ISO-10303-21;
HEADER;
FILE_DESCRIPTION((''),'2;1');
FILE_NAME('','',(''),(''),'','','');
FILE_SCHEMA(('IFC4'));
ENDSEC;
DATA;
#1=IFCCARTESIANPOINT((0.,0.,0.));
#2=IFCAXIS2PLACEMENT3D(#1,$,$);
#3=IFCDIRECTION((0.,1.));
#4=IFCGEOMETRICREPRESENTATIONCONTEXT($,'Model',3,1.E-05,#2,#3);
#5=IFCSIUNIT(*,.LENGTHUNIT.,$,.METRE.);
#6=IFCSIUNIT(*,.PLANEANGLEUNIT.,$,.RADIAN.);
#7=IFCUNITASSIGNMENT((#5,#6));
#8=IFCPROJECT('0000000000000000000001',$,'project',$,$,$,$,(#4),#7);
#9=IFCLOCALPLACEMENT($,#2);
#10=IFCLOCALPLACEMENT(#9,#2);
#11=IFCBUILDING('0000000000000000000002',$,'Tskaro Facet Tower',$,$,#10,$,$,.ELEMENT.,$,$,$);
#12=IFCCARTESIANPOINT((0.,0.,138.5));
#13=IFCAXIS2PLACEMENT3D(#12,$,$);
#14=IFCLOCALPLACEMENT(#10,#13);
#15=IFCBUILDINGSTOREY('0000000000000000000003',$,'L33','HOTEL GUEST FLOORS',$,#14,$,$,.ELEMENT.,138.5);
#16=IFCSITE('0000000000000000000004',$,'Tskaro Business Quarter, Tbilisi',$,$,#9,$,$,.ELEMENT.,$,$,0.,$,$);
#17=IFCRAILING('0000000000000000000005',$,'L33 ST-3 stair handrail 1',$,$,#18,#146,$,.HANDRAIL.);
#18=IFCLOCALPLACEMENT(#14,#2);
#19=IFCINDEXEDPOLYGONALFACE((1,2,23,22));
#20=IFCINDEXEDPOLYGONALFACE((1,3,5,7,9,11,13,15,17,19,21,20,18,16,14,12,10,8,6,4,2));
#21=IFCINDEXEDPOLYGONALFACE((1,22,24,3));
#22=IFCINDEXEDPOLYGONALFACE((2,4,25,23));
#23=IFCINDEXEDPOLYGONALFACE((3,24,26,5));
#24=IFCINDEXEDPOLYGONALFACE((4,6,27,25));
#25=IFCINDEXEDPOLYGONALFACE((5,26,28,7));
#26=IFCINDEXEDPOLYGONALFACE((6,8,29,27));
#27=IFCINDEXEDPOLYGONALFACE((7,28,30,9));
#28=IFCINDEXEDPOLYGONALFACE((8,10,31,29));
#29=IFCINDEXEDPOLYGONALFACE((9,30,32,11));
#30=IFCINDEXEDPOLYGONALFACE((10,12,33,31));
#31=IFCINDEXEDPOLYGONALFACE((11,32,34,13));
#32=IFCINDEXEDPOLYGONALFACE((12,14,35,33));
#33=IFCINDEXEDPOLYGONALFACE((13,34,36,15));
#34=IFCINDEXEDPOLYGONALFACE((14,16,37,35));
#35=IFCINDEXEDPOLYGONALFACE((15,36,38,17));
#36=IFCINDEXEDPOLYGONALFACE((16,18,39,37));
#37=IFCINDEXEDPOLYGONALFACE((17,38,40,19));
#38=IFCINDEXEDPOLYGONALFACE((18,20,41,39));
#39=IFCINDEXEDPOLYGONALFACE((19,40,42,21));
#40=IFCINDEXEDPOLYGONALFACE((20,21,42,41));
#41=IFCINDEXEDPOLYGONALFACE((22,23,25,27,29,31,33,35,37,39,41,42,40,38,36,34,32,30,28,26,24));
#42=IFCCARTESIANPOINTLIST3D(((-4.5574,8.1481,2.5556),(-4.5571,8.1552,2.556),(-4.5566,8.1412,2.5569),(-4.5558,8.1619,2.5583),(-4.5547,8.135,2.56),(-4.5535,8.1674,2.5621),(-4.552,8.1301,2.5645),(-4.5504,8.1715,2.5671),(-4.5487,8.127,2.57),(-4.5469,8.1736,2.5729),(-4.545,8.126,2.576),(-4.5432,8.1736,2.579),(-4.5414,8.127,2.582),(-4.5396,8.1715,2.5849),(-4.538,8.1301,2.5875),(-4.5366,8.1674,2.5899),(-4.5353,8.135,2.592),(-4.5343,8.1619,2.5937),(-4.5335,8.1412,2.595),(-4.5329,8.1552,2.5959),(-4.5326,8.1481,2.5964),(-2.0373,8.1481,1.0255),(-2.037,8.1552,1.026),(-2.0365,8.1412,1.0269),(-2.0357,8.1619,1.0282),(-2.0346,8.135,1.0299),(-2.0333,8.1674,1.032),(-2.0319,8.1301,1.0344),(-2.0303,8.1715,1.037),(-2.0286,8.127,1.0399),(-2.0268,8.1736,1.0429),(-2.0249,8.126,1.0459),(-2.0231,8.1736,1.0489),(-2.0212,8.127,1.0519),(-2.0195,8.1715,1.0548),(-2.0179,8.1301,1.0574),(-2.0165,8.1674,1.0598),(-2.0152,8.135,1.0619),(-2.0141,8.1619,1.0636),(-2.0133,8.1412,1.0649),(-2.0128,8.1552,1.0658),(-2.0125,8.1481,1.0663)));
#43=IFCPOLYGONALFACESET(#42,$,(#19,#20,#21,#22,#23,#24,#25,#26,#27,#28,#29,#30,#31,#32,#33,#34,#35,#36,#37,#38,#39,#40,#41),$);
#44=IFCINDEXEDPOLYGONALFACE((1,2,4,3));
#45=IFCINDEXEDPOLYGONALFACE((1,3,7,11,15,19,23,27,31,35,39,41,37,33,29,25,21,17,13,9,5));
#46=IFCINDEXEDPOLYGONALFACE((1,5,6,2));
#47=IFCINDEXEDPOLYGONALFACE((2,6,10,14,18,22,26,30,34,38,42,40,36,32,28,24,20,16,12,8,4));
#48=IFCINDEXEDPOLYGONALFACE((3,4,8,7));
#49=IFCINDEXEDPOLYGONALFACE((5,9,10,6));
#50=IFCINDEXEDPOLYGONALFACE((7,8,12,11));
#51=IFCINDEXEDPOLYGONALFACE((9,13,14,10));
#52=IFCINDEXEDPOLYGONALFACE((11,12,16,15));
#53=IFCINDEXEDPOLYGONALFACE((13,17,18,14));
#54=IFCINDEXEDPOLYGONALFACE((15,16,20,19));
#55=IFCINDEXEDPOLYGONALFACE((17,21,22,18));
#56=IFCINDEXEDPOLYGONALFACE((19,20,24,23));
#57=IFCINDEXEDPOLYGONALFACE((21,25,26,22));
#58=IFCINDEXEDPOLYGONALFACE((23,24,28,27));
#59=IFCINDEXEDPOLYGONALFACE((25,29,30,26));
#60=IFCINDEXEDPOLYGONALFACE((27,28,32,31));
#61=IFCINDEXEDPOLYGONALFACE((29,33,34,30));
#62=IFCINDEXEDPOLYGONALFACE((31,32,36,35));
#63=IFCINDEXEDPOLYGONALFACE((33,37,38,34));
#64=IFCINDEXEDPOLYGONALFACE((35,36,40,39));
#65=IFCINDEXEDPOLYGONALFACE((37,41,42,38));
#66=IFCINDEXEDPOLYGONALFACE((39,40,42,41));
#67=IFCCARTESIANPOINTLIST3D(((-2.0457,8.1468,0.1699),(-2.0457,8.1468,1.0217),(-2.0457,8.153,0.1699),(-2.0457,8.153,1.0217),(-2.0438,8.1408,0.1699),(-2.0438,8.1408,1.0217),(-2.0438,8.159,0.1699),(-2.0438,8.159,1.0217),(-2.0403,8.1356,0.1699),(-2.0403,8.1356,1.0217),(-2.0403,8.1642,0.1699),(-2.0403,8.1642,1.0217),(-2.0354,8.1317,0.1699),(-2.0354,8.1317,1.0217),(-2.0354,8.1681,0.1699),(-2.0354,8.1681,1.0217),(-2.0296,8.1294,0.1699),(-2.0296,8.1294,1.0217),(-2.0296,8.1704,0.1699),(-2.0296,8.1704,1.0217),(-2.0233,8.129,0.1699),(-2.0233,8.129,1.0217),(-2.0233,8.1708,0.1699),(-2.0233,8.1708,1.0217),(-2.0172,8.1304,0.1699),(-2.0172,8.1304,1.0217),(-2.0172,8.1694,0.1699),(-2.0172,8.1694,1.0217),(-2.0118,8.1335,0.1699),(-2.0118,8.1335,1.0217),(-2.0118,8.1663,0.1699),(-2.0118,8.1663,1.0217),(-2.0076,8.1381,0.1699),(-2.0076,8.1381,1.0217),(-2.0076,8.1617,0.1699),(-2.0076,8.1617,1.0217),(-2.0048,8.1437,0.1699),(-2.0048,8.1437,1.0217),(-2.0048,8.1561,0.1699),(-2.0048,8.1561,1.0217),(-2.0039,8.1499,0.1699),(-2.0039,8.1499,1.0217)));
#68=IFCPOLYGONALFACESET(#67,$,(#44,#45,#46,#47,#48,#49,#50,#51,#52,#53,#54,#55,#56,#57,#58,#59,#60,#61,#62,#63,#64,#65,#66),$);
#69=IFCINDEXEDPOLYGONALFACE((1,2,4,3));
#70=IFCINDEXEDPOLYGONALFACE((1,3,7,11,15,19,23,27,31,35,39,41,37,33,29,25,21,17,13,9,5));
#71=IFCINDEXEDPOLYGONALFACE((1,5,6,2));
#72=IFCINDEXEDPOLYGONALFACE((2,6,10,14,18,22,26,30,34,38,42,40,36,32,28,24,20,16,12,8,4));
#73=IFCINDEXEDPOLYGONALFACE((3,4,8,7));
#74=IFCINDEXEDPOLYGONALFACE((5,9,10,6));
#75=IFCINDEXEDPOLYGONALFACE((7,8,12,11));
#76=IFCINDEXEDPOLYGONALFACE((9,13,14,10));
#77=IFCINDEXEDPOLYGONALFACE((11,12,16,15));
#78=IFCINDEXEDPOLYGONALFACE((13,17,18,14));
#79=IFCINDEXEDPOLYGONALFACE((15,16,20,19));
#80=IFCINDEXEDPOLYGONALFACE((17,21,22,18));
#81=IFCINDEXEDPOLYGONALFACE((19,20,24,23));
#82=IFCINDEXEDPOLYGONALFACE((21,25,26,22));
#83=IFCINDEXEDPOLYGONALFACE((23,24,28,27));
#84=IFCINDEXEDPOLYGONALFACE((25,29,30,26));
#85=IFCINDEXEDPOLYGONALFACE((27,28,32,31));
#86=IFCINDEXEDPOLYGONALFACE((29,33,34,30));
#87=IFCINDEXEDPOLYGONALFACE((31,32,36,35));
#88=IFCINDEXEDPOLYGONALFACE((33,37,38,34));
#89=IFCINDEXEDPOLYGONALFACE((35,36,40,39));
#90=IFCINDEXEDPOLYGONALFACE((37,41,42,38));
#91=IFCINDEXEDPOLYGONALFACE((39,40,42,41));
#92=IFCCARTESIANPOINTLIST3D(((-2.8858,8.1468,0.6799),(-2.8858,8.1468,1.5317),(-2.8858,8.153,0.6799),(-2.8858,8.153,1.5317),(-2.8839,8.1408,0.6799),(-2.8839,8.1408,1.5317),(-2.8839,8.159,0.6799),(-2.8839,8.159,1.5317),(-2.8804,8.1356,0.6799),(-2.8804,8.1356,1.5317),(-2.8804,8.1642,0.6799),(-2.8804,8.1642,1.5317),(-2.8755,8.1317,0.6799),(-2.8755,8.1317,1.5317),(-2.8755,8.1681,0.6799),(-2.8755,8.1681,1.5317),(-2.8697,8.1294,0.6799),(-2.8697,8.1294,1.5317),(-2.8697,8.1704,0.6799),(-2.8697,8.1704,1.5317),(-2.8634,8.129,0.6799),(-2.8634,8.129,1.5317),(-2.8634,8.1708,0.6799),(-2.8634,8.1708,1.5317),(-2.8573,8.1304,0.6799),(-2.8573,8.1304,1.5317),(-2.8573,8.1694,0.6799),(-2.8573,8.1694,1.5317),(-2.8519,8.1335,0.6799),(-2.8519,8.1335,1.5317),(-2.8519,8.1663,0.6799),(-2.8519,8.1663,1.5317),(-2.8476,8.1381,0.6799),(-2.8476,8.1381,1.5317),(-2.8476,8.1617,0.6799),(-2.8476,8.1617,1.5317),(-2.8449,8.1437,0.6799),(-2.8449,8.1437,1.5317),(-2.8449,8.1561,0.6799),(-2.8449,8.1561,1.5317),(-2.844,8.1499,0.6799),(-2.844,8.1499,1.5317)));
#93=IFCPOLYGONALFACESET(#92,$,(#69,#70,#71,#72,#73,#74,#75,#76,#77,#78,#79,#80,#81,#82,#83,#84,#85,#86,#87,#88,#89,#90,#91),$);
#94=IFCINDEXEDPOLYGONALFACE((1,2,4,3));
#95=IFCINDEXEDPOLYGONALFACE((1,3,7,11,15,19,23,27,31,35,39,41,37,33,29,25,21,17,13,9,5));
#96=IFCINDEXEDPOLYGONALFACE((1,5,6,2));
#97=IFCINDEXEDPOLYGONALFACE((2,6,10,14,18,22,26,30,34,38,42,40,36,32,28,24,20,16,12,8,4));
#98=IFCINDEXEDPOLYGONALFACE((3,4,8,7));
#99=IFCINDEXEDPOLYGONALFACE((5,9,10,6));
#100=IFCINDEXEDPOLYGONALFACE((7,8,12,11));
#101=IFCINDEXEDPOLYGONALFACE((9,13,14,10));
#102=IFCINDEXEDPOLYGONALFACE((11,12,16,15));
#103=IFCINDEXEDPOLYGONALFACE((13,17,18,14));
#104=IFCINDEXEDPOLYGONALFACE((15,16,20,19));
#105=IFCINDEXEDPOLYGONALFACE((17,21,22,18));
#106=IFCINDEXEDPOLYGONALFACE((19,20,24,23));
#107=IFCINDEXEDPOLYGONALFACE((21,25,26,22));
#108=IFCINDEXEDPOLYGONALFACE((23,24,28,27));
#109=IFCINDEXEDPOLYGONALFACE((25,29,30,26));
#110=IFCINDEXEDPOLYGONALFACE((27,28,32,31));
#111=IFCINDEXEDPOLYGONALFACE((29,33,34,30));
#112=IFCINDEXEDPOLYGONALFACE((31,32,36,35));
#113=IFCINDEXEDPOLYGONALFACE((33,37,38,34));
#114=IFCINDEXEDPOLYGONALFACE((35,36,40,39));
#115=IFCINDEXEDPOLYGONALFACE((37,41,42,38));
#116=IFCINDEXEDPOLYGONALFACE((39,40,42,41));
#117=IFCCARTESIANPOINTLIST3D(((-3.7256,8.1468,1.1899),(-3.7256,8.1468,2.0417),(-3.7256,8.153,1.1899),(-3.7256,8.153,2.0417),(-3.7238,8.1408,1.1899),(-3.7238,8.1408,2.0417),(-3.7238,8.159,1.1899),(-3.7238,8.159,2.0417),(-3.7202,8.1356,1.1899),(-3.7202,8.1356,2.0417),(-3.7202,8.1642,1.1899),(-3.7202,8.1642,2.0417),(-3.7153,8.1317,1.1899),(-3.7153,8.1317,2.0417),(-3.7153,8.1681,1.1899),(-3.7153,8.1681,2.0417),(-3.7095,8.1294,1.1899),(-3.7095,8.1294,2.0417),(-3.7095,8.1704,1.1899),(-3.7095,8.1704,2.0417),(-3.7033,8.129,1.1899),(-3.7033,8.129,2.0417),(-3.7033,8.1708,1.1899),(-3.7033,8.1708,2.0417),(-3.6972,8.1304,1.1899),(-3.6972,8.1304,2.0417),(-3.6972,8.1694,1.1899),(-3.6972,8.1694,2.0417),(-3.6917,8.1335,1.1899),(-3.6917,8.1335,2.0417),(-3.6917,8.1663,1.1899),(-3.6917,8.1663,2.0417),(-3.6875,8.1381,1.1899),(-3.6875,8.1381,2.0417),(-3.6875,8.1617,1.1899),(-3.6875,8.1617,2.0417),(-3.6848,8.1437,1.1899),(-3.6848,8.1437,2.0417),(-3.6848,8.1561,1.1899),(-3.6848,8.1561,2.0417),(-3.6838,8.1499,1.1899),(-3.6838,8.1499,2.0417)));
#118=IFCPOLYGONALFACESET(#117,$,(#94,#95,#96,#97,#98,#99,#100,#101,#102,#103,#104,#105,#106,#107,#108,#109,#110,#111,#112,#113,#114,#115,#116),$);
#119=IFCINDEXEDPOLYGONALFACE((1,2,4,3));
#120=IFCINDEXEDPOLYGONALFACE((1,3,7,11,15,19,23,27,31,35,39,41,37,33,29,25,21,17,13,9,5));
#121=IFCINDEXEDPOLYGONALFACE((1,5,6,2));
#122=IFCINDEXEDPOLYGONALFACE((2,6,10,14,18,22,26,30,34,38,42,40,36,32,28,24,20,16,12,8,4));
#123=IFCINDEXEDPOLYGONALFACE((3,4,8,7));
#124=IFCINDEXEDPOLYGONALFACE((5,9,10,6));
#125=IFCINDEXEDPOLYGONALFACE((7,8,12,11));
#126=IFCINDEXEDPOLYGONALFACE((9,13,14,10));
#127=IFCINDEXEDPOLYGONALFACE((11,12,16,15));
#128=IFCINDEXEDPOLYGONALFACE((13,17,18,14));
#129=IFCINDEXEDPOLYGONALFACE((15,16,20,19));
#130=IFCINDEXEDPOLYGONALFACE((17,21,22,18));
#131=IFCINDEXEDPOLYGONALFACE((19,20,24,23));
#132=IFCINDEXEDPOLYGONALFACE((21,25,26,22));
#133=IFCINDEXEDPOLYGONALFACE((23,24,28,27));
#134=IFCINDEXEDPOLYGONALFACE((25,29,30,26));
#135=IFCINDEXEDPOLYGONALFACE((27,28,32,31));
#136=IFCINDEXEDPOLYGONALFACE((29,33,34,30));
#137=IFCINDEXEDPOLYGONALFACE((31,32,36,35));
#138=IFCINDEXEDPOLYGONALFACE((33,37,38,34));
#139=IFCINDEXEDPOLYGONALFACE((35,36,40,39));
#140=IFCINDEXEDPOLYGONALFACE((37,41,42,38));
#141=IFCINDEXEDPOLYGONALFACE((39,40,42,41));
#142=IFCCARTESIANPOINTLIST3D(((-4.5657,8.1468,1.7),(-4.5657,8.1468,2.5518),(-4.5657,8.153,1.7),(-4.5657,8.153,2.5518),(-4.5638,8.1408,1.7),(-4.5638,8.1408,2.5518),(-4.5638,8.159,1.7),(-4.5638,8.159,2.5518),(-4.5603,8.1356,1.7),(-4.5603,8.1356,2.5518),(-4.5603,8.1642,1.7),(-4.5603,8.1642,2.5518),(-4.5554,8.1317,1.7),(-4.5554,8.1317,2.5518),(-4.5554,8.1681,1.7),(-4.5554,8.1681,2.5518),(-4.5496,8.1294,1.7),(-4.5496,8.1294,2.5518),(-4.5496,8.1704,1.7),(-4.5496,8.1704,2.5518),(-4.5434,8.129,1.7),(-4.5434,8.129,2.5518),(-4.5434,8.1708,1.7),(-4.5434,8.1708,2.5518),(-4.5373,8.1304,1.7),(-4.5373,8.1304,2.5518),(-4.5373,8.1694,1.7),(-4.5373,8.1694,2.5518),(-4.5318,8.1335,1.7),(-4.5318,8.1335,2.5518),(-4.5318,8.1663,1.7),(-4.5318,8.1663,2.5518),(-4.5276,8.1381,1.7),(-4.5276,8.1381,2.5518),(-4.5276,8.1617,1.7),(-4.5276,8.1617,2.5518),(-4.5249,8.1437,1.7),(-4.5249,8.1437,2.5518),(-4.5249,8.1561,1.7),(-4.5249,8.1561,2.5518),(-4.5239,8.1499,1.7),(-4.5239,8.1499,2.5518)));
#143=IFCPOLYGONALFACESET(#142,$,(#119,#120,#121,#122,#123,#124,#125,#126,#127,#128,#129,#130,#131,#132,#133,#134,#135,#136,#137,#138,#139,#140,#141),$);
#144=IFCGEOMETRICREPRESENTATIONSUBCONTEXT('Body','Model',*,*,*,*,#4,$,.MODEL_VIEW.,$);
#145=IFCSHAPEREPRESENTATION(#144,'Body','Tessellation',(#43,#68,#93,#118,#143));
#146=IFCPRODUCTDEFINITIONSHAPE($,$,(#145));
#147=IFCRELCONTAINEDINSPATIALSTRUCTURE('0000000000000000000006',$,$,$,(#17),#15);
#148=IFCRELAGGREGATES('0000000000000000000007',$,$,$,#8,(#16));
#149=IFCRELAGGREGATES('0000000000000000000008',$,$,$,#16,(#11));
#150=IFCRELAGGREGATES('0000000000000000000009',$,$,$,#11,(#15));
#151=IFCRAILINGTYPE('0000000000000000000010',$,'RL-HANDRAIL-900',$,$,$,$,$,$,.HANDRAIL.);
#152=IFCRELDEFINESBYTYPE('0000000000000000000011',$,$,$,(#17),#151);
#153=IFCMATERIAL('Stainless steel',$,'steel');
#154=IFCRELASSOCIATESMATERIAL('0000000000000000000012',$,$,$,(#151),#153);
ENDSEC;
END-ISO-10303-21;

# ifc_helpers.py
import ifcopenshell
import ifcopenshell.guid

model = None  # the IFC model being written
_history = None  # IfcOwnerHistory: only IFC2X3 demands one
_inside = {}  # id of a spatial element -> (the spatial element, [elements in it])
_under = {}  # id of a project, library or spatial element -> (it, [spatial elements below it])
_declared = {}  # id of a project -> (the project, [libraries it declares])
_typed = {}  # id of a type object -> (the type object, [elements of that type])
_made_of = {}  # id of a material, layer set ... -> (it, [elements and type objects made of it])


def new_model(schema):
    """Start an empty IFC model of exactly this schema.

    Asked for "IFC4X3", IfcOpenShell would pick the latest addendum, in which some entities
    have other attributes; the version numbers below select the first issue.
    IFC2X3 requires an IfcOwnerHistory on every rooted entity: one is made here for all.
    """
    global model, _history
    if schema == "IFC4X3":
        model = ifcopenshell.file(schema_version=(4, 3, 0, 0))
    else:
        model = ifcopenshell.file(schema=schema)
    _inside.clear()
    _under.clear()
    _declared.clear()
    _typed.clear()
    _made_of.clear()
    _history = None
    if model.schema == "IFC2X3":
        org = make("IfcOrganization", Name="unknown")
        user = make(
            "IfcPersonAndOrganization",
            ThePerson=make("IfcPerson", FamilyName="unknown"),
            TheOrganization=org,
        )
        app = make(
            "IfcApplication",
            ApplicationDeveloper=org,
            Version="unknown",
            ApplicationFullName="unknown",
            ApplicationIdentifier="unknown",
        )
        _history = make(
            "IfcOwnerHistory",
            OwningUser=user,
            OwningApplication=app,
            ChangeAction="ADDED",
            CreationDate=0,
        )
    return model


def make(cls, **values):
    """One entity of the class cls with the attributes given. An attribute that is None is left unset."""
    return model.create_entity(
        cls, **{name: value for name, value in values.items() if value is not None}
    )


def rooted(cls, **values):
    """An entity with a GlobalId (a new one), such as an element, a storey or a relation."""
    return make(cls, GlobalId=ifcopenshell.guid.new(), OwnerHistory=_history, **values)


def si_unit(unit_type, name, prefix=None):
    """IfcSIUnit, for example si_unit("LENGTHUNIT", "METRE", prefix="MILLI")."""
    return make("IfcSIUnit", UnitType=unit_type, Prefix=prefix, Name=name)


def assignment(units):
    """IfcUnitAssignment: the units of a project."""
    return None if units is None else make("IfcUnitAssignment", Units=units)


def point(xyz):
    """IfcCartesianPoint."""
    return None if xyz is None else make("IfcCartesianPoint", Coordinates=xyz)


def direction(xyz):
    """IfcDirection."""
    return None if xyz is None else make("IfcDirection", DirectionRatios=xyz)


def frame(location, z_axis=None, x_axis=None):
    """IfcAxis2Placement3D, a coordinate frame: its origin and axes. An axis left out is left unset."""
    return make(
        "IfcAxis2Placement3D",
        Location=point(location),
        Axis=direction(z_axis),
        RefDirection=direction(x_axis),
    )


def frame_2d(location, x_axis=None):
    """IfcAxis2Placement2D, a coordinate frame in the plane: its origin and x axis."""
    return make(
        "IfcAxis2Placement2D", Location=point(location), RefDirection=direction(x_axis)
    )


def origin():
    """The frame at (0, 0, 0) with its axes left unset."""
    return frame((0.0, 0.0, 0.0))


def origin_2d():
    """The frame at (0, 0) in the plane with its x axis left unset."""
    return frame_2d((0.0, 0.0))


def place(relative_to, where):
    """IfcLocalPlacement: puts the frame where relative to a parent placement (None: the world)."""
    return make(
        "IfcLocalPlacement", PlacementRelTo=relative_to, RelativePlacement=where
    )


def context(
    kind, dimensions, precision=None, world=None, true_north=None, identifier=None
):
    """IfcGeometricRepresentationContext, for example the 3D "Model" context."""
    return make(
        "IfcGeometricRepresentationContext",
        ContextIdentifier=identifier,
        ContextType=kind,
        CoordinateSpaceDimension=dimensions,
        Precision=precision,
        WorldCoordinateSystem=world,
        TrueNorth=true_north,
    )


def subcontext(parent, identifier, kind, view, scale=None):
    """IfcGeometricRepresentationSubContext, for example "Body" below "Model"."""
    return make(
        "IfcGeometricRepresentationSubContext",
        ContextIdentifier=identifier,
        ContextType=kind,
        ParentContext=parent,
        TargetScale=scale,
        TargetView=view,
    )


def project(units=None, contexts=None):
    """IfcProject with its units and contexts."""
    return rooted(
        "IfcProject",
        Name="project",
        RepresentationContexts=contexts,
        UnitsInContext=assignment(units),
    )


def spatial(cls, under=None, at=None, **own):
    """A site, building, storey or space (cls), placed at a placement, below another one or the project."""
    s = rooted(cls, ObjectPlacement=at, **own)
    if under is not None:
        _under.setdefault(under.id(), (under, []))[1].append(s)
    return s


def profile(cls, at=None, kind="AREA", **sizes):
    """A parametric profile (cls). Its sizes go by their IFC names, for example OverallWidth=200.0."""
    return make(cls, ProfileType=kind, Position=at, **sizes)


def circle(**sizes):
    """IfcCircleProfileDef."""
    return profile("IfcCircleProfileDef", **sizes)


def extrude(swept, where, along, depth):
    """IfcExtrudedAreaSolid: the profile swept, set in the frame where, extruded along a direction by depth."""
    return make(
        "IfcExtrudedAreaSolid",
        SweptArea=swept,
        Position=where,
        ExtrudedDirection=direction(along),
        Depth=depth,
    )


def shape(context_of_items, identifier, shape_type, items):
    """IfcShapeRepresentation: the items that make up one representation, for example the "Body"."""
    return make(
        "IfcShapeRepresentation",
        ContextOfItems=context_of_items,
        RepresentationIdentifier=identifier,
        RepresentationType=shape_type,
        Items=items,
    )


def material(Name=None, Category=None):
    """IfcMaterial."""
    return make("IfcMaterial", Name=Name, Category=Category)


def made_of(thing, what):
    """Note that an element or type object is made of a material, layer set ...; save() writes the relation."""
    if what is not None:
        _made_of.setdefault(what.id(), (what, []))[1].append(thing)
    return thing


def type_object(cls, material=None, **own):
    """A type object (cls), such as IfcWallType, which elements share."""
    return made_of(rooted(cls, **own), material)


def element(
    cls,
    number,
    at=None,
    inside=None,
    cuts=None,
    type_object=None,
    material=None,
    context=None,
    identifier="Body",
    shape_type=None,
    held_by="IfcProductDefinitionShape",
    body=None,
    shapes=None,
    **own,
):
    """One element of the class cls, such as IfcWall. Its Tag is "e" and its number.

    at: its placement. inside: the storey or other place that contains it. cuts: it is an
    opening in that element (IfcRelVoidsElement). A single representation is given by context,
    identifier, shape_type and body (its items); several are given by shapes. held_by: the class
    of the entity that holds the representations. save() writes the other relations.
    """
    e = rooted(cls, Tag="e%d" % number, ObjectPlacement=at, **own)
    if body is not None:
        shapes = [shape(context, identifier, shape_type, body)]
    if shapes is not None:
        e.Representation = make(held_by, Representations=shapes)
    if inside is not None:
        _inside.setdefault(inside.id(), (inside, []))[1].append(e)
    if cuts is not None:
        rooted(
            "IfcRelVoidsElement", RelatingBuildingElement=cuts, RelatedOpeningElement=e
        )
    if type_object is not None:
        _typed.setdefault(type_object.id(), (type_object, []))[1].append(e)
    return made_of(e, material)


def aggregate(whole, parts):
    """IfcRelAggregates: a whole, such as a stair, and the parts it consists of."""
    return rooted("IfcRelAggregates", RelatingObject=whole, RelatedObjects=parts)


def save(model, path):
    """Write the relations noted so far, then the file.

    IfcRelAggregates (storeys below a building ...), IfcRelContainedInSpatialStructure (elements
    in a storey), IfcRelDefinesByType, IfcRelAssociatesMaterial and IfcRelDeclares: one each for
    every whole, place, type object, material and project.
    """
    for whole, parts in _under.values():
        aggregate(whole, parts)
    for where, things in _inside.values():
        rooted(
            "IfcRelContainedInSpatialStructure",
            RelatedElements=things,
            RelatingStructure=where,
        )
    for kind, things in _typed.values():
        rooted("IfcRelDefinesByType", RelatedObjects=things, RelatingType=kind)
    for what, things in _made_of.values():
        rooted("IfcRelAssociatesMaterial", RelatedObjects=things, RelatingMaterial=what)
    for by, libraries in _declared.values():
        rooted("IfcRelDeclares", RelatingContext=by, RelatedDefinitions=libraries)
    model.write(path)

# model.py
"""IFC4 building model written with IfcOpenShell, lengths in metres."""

from ifc_helpers import new_model, si_unit, direction, frame, origin, origin_2d, place, context, subcontext, project, spatial, circle, extrude, material, type_object, element, save


model = new_model("IFC4")

# Units and contexts
model_context = context("Model", 3, precision=1e-05, world=origin(), true_north=direction((0.0, 1.0)))
body_context = subcontext(model_context, "Body", "Model", "MODEL_VIEW")
ifc_project = project(units=[si_unit("LENGTHUNIT", "METRE"), si_unit("PLANEANGLEUNIT", "RADIAN")], contexts=[model_context])

# Site, building, storey
site_placement = place(None, origin())
site = spatial("IfcSite", under=ifc_project, at=site_placement, Name="Tskaro Business Quarter, Tbilisi", CompositionType="ELEMENT", RefElevation=0.0)
building_placement = place(site_placement, origin())
building = spatial("IfcBuilding", under=site, at=building_placement, Name="Tskaro Facet Tower", CompositionType="ELEMENT")
storey_placement = place(building_placement, frame((0.0, 0.0, 138.5)))
storey = spatial("IfcBuildingStorey", under=building, at=storey_placement, Name="L33", Description="HOTEL GUEST FLOORS", CompositionType="ELEMENT", Elevation=138.5)

# Railing
ifc_material_1 = material(Name="Stainless steel", Category="steel")
railing_type_1 = type_object("IfcRailingType", Name="RL-HANDRAIL-900", PredefinedType="HANDRAIL", material=ifc_material_1)
railing_1_placement = place(storey_placement, frame((-2.0249, 8.1499, 0.1699)))
element("IfcRailing", 1, at=railing_1_placement, inside=storey, type_object=railing_type_1, Name="L33 ST-3 stair handrail 1", PredefinedType="HANDRAIL", context=body_context, shape_type="SweptSolid", body=[
    extrude(circle(Radius=0.0239, at=origin_2d()), frame((0.0, 0.0, 0.876), z_axis=(-0.854785, 0.0, 0.518982), x_axis=(0.0, -1.0, 0.0)), (0.0, 0.0, 1.0), 2.9482),
    extrude(circle(Radius=0.021, at=origin_2d()), origin(), (0.0, 0.0, 1.0), 0.8518),
    extrude(circle(Radius=0.021, at=origin_2d()), frame((-0.8401, 0.0, 0.51)), (0.0, 0.0, 1.0), 0.8518),
    extrude(circle(Radius=0.021, at=origin_2d()), frame((-1.6799, 0.0, 1.02)), (0.0, 0.0, 1.0), 0.8518),
    extrude(circle(Radius=0.021, at=origin_2d()), frame((-2.52, 0.0, 1.53)), (0.0, 0.0, 1.0), 0.8518),
])

save(model, "model.ifc")
